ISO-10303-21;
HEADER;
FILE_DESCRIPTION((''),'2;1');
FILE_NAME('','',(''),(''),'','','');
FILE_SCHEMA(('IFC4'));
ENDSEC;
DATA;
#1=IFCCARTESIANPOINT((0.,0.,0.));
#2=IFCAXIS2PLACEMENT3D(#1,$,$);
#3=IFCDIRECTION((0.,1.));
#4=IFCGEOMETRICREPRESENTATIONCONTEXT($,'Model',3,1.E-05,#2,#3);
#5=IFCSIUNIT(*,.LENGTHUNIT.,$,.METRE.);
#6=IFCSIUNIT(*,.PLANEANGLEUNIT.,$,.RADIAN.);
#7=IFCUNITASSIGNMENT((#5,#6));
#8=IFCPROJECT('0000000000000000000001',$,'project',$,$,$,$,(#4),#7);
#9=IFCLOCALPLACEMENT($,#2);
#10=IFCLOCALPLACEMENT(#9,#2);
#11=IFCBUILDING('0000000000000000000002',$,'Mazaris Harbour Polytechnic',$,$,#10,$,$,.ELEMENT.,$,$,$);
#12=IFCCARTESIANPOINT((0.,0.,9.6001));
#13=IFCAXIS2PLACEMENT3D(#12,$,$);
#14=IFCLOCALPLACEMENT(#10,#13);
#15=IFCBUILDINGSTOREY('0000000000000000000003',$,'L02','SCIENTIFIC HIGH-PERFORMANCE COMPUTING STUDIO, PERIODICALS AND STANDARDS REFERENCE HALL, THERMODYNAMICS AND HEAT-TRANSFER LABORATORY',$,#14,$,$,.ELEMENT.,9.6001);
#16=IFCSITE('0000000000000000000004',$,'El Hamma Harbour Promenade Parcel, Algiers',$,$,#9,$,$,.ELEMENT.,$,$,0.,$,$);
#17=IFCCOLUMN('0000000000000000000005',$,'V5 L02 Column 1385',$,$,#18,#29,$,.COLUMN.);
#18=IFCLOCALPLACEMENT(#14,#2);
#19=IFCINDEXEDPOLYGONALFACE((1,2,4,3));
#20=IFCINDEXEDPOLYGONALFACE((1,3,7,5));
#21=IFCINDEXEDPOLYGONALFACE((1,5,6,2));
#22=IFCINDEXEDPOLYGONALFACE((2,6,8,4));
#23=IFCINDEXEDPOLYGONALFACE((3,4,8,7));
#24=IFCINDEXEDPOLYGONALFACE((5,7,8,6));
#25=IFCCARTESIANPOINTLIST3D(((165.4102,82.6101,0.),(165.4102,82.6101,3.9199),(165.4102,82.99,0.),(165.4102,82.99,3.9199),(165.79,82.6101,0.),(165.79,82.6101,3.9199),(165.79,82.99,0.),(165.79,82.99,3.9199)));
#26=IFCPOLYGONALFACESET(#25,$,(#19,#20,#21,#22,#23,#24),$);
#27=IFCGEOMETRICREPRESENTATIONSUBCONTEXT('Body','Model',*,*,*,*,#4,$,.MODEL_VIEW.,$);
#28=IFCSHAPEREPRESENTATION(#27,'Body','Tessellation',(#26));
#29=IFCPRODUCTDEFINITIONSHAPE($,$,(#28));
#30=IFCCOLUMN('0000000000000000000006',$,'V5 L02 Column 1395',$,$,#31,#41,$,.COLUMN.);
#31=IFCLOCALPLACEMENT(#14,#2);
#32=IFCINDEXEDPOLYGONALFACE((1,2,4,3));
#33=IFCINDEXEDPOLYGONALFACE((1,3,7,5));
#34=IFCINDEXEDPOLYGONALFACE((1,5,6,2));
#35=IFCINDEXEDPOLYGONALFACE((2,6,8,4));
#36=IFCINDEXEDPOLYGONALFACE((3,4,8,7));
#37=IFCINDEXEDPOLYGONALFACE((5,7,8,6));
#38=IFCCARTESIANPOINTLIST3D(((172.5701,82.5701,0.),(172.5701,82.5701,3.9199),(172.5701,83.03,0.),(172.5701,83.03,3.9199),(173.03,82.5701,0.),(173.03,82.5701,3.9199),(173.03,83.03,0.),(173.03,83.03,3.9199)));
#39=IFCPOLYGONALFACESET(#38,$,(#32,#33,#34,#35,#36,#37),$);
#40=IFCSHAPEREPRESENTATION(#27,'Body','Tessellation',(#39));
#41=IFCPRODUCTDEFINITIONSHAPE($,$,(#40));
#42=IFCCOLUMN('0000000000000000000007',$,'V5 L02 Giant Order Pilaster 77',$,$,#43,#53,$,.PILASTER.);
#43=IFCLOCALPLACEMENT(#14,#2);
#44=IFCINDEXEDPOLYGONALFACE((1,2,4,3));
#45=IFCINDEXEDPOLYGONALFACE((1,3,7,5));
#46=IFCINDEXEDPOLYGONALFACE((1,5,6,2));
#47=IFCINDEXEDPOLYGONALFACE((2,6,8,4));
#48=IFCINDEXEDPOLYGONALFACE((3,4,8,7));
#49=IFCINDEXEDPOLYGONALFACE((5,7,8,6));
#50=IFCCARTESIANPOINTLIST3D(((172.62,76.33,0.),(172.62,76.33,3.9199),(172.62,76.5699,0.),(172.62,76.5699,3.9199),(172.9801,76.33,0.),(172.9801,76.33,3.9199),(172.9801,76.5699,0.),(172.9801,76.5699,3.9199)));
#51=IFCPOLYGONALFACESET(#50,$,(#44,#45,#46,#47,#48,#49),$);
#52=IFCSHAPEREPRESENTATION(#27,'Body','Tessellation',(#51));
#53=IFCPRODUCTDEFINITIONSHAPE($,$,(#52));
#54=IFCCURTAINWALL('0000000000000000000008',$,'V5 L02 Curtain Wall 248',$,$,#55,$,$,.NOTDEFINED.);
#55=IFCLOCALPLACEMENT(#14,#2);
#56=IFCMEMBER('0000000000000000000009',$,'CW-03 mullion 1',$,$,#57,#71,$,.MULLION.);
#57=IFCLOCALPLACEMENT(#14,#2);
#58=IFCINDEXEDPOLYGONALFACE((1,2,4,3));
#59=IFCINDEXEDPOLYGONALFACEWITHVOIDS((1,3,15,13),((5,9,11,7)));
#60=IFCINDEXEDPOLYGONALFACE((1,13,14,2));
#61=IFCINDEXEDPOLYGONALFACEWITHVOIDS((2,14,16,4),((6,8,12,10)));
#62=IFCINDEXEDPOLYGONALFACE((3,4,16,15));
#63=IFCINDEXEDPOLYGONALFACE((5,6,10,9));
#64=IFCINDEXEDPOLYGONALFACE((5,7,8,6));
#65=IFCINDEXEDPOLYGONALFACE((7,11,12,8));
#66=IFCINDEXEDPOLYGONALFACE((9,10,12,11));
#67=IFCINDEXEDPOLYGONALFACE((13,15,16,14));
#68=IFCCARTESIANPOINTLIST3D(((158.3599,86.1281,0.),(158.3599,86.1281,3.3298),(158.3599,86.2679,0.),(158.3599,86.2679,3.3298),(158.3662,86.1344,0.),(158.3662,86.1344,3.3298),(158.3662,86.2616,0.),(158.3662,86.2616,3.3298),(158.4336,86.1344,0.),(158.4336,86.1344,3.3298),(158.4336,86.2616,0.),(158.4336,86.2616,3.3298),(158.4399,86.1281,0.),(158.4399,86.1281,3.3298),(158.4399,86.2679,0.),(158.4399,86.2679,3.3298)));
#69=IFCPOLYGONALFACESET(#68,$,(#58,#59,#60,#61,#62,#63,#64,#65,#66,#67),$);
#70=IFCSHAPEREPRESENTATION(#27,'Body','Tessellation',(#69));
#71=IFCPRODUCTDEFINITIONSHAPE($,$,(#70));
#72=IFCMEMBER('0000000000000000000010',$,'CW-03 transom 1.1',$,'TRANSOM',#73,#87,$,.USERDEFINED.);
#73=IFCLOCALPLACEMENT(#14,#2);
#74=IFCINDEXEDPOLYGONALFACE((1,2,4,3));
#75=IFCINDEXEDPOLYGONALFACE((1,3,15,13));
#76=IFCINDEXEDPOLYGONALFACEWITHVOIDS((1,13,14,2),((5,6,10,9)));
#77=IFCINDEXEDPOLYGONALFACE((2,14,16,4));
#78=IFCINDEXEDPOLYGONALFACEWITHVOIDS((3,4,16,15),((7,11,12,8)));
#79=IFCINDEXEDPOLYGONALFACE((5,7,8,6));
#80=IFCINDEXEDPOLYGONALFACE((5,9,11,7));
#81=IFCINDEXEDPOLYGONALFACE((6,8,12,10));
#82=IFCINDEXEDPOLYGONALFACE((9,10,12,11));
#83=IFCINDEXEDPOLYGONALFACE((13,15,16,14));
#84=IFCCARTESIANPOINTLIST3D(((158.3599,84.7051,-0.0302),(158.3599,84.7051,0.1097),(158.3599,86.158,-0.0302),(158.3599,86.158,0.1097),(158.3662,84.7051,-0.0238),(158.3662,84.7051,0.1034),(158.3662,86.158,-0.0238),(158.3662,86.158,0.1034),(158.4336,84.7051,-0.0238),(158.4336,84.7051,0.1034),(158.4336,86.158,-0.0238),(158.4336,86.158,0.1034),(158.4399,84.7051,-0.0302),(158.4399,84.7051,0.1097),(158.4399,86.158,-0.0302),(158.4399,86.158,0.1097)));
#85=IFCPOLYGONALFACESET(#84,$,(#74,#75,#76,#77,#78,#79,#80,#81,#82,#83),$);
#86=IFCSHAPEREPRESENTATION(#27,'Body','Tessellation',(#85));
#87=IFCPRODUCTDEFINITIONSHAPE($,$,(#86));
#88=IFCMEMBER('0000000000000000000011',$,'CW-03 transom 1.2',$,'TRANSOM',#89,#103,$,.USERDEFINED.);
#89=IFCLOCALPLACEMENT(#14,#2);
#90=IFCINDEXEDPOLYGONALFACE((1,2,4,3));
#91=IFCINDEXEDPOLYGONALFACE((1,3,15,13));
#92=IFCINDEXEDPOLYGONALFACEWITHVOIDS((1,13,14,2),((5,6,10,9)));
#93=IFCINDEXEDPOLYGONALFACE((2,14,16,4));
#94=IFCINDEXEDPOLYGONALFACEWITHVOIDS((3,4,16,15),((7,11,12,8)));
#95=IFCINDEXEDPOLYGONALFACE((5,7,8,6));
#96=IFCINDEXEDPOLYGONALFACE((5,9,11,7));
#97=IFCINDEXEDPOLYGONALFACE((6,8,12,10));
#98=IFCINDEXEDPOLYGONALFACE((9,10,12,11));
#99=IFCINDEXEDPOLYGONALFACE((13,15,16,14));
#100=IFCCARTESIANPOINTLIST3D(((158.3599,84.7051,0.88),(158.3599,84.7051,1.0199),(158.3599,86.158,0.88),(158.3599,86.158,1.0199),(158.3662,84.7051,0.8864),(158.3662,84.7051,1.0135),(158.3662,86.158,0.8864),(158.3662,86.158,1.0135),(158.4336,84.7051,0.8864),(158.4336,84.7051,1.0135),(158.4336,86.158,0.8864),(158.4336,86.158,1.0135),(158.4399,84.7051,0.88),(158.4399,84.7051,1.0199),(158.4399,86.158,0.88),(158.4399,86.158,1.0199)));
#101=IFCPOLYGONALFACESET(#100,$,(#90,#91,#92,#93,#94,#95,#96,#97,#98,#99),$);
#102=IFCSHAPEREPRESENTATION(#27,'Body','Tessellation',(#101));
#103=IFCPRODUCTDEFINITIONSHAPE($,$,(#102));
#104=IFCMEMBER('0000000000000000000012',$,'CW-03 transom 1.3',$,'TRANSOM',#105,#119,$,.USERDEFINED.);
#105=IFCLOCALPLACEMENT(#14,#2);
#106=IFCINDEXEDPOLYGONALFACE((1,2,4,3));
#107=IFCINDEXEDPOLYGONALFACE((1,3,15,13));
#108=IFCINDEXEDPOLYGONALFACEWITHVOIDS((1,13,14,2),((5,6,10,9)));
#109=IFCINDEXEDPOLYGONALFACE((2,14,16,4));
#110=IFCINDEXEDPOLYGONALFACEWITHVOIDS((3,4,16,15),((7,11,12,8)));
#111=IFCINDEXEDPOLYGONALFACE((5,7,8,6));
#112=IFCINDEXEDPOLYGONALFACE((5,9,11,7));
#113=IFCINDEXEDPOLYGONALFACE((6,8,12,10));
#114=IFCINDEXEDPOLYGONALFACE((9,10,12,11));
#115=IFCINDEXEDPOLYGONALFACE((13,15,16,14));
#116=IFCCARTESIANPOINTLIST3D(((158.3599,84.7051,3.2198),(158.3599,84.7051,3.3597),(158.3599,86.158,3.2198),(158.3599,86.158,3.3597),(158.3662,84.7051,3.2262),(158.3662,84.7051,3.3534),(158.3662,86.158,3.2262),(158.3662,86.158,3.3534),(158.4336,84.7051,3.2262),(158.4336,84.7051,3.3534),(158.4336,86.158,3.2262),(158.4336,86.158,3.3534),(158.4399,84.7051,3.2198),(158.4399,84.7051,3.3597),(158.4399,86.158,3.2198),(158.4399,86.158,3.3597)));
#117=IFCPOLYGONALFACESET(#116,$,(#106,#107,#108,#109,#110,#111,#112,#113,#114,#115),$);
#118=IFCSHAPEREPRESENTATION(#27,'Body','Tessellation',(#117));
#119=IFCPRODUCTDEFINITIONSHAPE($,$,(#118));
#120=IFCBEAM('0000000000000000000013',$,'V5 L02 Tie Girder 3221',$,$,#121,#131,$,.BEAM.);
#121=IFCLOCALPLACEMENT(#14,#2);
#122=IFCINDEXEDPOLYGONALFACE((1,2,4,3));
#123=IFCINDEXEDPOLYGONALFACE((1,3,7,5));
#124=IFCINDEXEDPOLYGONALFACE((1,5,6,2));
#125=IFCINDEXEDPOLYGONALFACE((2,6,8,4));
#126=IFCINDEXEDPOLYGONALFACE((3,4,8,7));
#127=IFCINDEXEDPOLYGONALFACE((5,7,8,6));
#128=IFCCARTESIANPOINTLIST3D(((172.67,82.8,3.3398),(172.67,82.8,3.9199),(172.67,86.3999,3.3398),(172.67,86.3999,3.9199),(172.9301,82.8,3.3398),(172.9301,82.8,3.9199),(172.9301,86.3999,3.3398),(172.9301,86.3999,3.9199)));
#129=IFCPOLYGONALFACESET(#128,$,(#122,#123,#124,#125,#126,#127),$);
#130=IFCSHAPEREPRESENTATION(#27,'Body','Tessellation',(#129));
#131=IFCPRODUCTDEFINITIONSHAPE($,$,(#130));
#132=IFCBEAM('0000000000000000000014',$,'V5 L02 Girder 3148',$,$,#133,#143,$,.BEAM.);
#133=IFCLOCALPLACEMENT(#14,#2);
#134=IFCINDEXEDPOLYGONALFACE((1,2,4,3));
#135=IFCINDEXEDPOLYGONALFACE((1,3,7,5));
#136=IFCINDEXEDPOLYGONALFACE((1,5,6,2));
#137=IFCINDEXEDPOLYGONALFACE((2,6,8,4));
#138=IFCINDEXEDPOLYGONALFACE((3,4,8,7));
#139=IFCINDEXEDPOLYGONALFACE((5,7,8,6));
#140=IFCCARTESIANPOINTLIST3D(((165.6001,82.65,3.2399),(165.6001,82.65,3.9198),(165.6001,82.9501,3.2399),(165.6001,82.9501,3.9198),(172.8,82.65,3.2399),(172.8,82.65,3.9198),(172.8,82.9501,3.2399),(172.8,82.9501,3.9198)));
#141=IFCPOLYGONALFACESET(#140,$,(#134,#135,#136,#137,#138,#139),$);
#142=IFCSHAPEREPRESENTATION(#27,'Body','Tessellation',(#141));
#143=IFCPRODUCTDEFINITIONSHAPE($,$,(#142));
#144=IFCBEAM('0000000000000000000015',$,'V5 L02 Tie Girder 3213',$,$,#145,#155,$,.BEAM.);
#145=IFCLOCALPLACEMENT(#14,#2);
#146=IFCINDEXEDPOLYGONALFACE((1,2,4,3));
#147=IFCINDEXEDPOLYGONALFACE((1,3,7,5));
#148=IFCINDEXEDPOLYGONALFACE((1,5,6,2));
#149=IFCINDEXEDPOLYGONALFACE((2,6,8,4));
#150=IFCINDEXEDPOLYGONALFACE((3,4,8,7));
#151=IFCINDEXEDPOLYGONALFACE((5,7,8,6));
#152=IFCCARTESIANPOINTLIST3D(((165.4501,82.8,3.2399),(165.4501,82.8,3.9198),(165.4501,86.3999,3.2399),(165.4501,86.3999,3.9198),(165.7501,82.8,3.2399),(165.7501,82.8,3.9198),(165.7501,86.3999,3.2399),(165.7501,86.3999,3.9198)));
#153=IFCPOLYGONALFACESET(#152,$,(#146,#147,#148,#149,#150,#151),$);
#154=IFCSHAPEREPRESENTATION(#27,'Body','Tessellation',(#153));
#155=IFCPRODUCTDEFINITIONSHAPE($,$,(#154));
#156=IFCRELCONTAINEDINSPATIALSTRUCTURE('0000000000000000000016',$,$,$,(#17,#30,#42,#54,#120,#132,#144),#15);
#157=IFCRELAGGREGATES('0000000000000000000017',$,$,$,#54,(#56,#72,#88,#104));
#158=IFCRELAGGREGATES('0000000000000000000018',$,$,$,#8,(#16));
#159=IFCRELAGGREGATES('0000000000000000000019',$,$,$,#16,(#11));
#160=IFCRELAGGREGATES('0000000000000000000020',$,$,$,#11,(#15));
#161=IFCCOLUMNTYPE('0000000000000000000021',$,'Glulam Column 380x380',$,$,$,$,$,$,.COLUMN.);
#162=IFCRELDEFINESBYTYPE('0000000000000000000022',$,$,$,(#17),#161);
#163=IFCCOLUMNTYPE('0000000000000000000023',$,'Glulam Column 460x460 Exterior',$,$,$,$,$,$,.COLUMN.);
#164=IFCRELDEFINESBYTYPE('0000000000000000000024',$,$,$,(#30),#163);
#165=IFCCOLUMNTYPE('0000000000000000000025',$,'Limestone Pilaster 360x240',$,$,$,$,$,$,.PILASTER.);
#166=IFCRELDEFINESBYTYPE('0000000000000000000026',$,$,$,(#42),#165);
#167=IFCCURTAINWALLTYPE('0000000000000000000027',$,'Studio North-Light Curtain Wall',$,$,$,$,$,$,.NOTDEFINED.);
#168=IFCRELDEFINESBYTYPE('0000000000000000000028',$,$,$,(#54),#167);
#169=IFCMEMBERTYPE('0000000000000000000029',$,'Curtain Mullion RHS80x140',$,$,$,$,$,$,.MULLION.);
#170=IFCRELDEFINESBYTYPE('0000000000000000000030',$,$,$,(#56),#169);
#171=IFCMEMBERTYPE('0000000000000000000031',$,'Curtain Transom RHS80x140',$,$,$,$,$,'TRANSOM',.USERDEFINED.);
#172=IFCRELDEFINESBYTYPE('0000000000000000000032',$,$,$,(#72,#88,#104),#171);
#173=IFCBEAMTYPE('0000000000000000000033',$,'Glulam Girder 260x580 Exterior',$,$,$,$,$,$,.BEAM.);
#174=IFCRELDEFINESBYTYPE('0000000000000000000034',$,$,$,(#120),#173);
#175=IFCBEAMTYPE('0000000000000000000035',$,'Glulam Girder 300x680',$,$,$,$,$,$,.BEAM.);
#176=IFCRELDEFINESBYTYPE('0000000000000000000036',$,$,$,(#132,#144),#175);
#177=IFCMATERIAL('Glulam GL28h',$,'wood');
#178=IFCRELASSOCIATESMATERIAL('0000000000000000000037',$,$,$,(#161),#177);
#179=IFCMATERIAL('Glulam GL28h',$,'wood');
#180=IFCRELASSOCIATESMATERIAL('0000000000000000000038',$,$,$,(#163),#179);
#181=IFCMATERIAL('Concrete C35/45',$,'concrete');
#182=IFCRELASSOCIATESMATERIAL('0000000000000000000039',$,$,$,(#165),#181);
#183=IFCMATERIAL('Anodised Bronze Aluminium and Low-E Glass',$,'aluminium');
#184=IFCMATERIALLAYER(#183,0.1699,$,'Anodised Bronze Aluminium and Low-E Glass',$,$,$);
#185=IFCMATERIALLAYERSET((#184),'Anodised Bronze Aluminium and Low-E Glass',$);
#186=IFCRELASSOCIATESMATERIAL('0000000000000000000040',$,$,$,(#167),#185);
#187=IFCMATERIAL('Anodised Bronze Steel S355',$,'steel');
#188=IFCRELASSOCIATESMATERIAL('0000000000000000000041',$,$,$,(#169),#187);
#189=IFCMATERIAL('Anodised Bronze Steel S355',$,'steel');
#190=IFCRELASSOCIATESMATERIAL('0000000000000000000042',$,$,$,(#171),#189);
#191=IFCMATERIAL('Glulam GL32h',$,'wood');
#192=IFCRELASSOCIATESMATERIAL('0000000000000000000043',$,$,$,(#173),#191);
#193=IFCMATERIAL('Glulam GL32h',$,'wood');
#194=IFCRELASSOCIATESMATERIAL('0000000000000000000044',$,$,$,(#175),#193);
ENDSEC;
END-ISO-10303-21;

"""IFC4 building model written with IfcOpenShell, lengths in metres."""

from ifc_helpers import new_model, si_unit, direction, frame, origin, origin_2d, place, context, subcontext, project, spatial, rectangle, hollow_rectangle, extrude, material, layer, layer_set, material_profile, profile_set, type_object, element, aggregate, save


model = new_model("IFC4")

# Units and contexts
model_context = context("Model", 3, precision=1e-05, world=origin(), true_north=direction((0.0, 1.0)))
body_context = subcontext(model_context, "Body", "Model", "MODEL_VIEW")
ifc_project = project(units=[si_unit("LENGTHUNIT", "METRE"), si_unit("PLANEANGLEUNIT", "RADIAN")], contexts=[model_context])

# Site, building, storey
site_placement = place(None, origin())
site = spatial("IfcSite", under=ifc_project, at=site_placement, Name="El Hamma Harbour Promenade Parcel, Algiers", CompositionType="ELEMENT", RefElevation=0.0)
building_placement = place(site_placement, origin())
building = spatial("IfcBuilding", under=site, at=building_placement, Name="Mazaris Harbour Polytechnic", CompositionType="ELEMENT")
storey_placement = place(building_placement, frame((0.0, 0.0, 9.6001)))
storey = spatial("IfcBuildingStorey", under=building, at=storey_placement, Name="L02", Description="SCIENTIFIC HIGH-PERFORMANCE COMPUTING STUDIO, PERIODICALS AND STANDARDS REFERENCE HALL, THERMODYNAMICS AND HEAT-TRANSFER LABORATORY", CompositionType="ELEMENT", Elevation=9.6001)

# Columns
ifc_material_1 = material(Name="Glulam GL28h", Category="wood")
ifc_material_profile_1 = material_profile(ifc_material_1, rectangle(XDim=0.3799, YDim=0.3799, at=origin_2d()), Name="RECT380x380")
ifc_profile_set_1 = profile_set([ifc_material_profile_1], Name="Glulam GL28h")
column_type_1 = type_object("IfcColumnType", Name="Glulam Column 380x380", PredefinedType="COLUMN", material=ifc_profile_set_1)
column_1_placement = place(storey_placement, frame((165.6001, 82.8, 0.0), z_axis=(0.0, 0.0, 1.0), x_axis=(1.0, 0.0, 0.0)))
element("IfcColumn", 1, at=column_1_placement, inside=storey, type_object=column_type_1, Name="V5 L02 Column 1385", PredefinedType="COLUMN", context=body_context, shape_type="SweptSolid", body=[
    extrude(rectangle(XDim=0.3799, YDim=0.3799, at=origin_2d()), origin(), (0.0, 0.0, 1.0), 3.9199),
])
ifc_material_2 = material(Name="Glulam GL28h", Category="wood")
ifc_material_profile_2 = material_profile(ifc_material_2, rectangle(XDim=0.46, YDim=0.46, at=origin_2d()), Name="RECT460x460")
ifc_profile_set_2 = profile_set([ifc_material_profile_2], Name="Glulam GL28h")
column_type_2 = type_object("IfcColumnType", Name="Glulam Column 460x460 Exterior", PredefinedType="COLUMN", material=ifc_profile_set_2)
column_2_placement = place(storey_placement, frame((172.8, 82.8, 0.0), z_axis=(0.0, 0.0, 1.0), x_axis=(1.0, 0.0, 0.0)))
element("IfcColumn", 2, at=column_2_placement, inside=storey, type_object=column_type_2, Name="V5 L02 Column 1395", PredefinedType="COLUMN", context=body_context, shape_type="SweptSolid", body=[
    extrude(rectangle(XDim=0.46, YDim=0.46, at=origin_2d()), origin(), (0.0, 0.0, 1.0), 3.9199),
])
ifc_material_3 = material(Name="Concrete C35/45", Category="concrete")
ifc_material_profile_3 = material_profile(ifc_material_3, rectangle(XDim=0.3601, YDim=0.24, at=origin_2d()), Name="RECT360x240")
ifc_profile_set_3 = profile_set([ifc_material_profile_3], Name="Concrete C35/45")
column_type_3 = type_object("IfcColumnType", Name="Limestone Pilaster 360x240", PredefinedType="PILASTER", material=ifc_profile_set_3)
column_3_placement = place(storey_placement, frame((172.8, 76.45, 0.0), z_axis=(0.0, 0.0, 1.0), x_axis=(1.0, 0.0, 0.0)))
element("IfcColumn", 3, at=column_3_placement, inside=storey, type_object=column_type_3, Name="V5 L02 Giant Order Pilaster 77", PredefinedType="PILASTER", context=body_context, shape_type="SweptSolid", body=[
    extrude(rectangle(XDim=0.3601, YDim=0.24, at=origin_2d()), origin(), (0.0, 0.0, 1.0), 3.9199),
])

# Curtain wall, members
ifc_material_4 = material(Name="Anodised Bronze Aluminium and Low-E Glass", Category="aluminium")
ifc_layer_1 = layer(ifc_material_4, 0.1699, Name="Anodised Bronze Aluminium and Low-E Glass")
ifc_layer_set_1 = layer_set([ifc_layer_1], Name="Anodised Bronze Aluminium and Low-E Glass")
curtain_wall_type = type_object("IfcCurtainWallType", Name="Studio North-Light Curtain Wall", PredefinedType="NOTDEFINED", material=ifc_layer_set_1)
curtain_wall_placement = place(storey_placement, origin())
curtain_wall = element("IfcCurtainWall", 4, at=curtain_wall_placement, inside=storey, type_object=curtain_wall_type, Name="V5 L02 Curtain Wall 248", PredefinedType="NOTDEFINED")
ifc_material_5 = material(Name="Anodised Bronze Steel S355", Category="steel")
ifc_material_profile_4 = material_profile(ifc_material_5, hollow_rectangle(XDim=0.0801, YDim=0.1399, WallThickness=0.0063, at=origin_2d()), Name="RHS 80x140x6.3")
ifc_profile_set_4 = profile_set([ifc_material_profile_4], Name="Anodised Bronze Steel S355")
member_type_1 = type_object("IfcMemberType", Name="Curtain Mullion RHS80x140", PredefinedType="MULLION", material=ifc_profile_set_4)
member_1_placement = place(storey_placement, frame((158.3999, 86.198, 0.0), z_axis=(0.0, 0.0, 1.0), x_axis=(1.0, 0.0, 0.0)))
member_1 = element("IfcMember", 5, at=member_1_placement, type_object=member_type_1, Name="CW-03 mullion 1", PredefinedType="MULLION", context=body_context, shape_type="SweptSolid", body=[
    extrude(hollow_rectangle(XDim=0.0801, YDim=0.1399, WallThickness=0.0063, at=origin_2d()), origin(), (0.0, 0.0, 1.0), 3.3298),
])
ifc_material_6 = material(Name="Anodised Bronze Steel S355", Category="steel")
ifc_material_profile_5 = material_profile(ifc_material_6, hollow_rectangle(XDim=0.0801, YDim=0.1399, WallThickness=0.0063, at=origin_2d()), Name="RHS 80x140x6.3")
ifc_profile_set_5 = profile_set([ifc_material_profile_5], Name="Anodised Bronze Steel S355")
member_type_2 = type_object("IfcMemberType", Name="Curtain Transom RHS80x140", ElementType="TRANSOM", PredefinedType="USERDEFINED", material=ifc_profile_set_5)
member_2_placement = place(storey_placement, frame((158.3999, 86.158, 0.0398), z_axis=(0.0, -1.0, 0.0), x_axis=(1.0, 0.0, 0.0)))
member_2 = element("IfcMember", 6, at=member_2_placement, type_object=member_type_2, Name="CW-03 transom 1.1", ObjectType="TRANSOM", PredefinedType="USERDEFINED", context=body_context, shape_type="SweptSolid", body=[
    extrude(hollow_rectangle(XDim=0.0801, YDim=0.1399, WallThickness=0.0063, at=origin_2d()), origin(), (0.0, 0.0, 1.0), 1.4529),
])
member_3_placement = place(storey_placement, frame((158.3999, 86.158, 0.95), z_axis=(0.0, -1.0, 0.0), x_axis=(1.0, 0.0, 0.0)))
member_3 = element("IfcMember", 7, at=member_3_placement, type_object=member_type_2, Name="CW-03 transom 1.2", ObjectType="TRANSOM", PredefinedType="USERDEFINED", context=body_context, shape_type="SweptSolid", body=[
    extrude(hollow_rectangle(XDim=0.0801, YDim=0.1399, WallThickness=0.0063, at=origin_2d()), origin(), (0.0, 0.0, 1.0), 1.4529),
])
member_4_placement = place(storey_placement, frame((158.3999, 86.158, 3.2898), z_axis=(0.0, -1.0, 0.0), x_axis=(1.0, 0.0, 0.0)))
member_4 = element("IfcMember", 8, at=member_4_placement, type_object=member_type_2, Name="CW-03 transom 1.3", ObjectType="TRANSOM", PredefinedType="USERDEFINED", context=body_context, shape_type="SweptSolid", body=[
    extrude(hollow_rectangle(XDim=0.0801, YDim=0.1399, WallThickness=0.0063, at=origin_2d()), origin(), (0.0, 0.0, 1.0), 1.4529),
])
aggregate(curtain_wall, [member_1, member_2, member_3, member_4])

# Beams
ifc_material_7 = material(Name="Glulam GL32h", Category="wood")
ifc_material_profile_6 = material_profile(ifc_material_7, rectangle(XDim=0.26, YDim=0.5801, at=origin_2d()), Name="RECT260x580")
ifc_profile_set_6 = profile_set([ifc_material_profile_6], Name="Glulam GL32h")
beam_type_1 = type_object("IfcBeamType", Name="Glulam Girder 260x580 Exterior", PredefinedType="BEAM", material=ifc_profile_set_6)
beam_1_placement = place(storey_placement, frame((172.8, 82.8, 3.6299), z_axis=(0.0, 1.0, 0.0), x_axis=(-1.0, 0.0, 0.0)))
element("IfcBeam", 9, at=beam_1_placement, inside=storey, type_object=beam_type_1, Name="V5 L02 Tie Girder 3221", PredefinedType="BEAM", context=body_context, shape_type="SweptSolid", body=[
    extrude(rectangle(XDim=0.26, YDim=0.5801, at=origin_2d()), origin(), (0.0, 0.0, 1.0), 3.5999),
])
ifc_material_8 = material(Name="Glulam GL32h", Category="wood")
ifc_material_profile_7 = material_profile(ifc_material_8, rectangle(XDim=0.3, YDim=0.6799, at=origin_2d()), Name="RECT300x680")
ifc_profile_set_7 = profile_set([ifc_material_profile_7], Name="Glulam GL32h")
beam_type_2 = type_object("IfcBeamType", Name="Glulam Girder 300x680", PredefinedType="BEAM", material=ifc_profile_set_7)
beam_2_placement = place(storey_placement, frame((165.6001, 82.8, 3.5798), z_axis=(1.0, 0.0, 0.0), x_axis=(0.0, 1.0, 0.0)))
element("IfcBeam", 10, at=beam_2_placement, inside=storey, type_object=beam_type_2, Name="V5 L02 Girder 3148", PredefinedType="BEAM", context=body_context, shape_type="SweptSolid", body=[
    extrude(rectangle(XDim=0.3, YDim=0.6799, at=origin_2d()), origin(), (0.0, 0.0, 1.0), 7.2),
])
beam_3_placement = place(storey_placement, frame((165.6001, 82.8, 3.5798), z_axis=(0.0, 1.0, 0.0), x_axis=(-1.0, 0.0, 0.0)))
element("IfcBeam", 11, at=beam_3_placement, inside=storey, type_object=beam_type_2, Name="V5 L02 Tie Girder 3213", PredefinedType="BEAM", context=body_context, shape_type="SweptSolid", body=[
    extrude(rectangle(XDim=0.3, YDim=0.6799, at=origin_2d()), origin(), (0.0, 0.0, 1.0), 3.5999),
])

save(model, "model.ifc")
